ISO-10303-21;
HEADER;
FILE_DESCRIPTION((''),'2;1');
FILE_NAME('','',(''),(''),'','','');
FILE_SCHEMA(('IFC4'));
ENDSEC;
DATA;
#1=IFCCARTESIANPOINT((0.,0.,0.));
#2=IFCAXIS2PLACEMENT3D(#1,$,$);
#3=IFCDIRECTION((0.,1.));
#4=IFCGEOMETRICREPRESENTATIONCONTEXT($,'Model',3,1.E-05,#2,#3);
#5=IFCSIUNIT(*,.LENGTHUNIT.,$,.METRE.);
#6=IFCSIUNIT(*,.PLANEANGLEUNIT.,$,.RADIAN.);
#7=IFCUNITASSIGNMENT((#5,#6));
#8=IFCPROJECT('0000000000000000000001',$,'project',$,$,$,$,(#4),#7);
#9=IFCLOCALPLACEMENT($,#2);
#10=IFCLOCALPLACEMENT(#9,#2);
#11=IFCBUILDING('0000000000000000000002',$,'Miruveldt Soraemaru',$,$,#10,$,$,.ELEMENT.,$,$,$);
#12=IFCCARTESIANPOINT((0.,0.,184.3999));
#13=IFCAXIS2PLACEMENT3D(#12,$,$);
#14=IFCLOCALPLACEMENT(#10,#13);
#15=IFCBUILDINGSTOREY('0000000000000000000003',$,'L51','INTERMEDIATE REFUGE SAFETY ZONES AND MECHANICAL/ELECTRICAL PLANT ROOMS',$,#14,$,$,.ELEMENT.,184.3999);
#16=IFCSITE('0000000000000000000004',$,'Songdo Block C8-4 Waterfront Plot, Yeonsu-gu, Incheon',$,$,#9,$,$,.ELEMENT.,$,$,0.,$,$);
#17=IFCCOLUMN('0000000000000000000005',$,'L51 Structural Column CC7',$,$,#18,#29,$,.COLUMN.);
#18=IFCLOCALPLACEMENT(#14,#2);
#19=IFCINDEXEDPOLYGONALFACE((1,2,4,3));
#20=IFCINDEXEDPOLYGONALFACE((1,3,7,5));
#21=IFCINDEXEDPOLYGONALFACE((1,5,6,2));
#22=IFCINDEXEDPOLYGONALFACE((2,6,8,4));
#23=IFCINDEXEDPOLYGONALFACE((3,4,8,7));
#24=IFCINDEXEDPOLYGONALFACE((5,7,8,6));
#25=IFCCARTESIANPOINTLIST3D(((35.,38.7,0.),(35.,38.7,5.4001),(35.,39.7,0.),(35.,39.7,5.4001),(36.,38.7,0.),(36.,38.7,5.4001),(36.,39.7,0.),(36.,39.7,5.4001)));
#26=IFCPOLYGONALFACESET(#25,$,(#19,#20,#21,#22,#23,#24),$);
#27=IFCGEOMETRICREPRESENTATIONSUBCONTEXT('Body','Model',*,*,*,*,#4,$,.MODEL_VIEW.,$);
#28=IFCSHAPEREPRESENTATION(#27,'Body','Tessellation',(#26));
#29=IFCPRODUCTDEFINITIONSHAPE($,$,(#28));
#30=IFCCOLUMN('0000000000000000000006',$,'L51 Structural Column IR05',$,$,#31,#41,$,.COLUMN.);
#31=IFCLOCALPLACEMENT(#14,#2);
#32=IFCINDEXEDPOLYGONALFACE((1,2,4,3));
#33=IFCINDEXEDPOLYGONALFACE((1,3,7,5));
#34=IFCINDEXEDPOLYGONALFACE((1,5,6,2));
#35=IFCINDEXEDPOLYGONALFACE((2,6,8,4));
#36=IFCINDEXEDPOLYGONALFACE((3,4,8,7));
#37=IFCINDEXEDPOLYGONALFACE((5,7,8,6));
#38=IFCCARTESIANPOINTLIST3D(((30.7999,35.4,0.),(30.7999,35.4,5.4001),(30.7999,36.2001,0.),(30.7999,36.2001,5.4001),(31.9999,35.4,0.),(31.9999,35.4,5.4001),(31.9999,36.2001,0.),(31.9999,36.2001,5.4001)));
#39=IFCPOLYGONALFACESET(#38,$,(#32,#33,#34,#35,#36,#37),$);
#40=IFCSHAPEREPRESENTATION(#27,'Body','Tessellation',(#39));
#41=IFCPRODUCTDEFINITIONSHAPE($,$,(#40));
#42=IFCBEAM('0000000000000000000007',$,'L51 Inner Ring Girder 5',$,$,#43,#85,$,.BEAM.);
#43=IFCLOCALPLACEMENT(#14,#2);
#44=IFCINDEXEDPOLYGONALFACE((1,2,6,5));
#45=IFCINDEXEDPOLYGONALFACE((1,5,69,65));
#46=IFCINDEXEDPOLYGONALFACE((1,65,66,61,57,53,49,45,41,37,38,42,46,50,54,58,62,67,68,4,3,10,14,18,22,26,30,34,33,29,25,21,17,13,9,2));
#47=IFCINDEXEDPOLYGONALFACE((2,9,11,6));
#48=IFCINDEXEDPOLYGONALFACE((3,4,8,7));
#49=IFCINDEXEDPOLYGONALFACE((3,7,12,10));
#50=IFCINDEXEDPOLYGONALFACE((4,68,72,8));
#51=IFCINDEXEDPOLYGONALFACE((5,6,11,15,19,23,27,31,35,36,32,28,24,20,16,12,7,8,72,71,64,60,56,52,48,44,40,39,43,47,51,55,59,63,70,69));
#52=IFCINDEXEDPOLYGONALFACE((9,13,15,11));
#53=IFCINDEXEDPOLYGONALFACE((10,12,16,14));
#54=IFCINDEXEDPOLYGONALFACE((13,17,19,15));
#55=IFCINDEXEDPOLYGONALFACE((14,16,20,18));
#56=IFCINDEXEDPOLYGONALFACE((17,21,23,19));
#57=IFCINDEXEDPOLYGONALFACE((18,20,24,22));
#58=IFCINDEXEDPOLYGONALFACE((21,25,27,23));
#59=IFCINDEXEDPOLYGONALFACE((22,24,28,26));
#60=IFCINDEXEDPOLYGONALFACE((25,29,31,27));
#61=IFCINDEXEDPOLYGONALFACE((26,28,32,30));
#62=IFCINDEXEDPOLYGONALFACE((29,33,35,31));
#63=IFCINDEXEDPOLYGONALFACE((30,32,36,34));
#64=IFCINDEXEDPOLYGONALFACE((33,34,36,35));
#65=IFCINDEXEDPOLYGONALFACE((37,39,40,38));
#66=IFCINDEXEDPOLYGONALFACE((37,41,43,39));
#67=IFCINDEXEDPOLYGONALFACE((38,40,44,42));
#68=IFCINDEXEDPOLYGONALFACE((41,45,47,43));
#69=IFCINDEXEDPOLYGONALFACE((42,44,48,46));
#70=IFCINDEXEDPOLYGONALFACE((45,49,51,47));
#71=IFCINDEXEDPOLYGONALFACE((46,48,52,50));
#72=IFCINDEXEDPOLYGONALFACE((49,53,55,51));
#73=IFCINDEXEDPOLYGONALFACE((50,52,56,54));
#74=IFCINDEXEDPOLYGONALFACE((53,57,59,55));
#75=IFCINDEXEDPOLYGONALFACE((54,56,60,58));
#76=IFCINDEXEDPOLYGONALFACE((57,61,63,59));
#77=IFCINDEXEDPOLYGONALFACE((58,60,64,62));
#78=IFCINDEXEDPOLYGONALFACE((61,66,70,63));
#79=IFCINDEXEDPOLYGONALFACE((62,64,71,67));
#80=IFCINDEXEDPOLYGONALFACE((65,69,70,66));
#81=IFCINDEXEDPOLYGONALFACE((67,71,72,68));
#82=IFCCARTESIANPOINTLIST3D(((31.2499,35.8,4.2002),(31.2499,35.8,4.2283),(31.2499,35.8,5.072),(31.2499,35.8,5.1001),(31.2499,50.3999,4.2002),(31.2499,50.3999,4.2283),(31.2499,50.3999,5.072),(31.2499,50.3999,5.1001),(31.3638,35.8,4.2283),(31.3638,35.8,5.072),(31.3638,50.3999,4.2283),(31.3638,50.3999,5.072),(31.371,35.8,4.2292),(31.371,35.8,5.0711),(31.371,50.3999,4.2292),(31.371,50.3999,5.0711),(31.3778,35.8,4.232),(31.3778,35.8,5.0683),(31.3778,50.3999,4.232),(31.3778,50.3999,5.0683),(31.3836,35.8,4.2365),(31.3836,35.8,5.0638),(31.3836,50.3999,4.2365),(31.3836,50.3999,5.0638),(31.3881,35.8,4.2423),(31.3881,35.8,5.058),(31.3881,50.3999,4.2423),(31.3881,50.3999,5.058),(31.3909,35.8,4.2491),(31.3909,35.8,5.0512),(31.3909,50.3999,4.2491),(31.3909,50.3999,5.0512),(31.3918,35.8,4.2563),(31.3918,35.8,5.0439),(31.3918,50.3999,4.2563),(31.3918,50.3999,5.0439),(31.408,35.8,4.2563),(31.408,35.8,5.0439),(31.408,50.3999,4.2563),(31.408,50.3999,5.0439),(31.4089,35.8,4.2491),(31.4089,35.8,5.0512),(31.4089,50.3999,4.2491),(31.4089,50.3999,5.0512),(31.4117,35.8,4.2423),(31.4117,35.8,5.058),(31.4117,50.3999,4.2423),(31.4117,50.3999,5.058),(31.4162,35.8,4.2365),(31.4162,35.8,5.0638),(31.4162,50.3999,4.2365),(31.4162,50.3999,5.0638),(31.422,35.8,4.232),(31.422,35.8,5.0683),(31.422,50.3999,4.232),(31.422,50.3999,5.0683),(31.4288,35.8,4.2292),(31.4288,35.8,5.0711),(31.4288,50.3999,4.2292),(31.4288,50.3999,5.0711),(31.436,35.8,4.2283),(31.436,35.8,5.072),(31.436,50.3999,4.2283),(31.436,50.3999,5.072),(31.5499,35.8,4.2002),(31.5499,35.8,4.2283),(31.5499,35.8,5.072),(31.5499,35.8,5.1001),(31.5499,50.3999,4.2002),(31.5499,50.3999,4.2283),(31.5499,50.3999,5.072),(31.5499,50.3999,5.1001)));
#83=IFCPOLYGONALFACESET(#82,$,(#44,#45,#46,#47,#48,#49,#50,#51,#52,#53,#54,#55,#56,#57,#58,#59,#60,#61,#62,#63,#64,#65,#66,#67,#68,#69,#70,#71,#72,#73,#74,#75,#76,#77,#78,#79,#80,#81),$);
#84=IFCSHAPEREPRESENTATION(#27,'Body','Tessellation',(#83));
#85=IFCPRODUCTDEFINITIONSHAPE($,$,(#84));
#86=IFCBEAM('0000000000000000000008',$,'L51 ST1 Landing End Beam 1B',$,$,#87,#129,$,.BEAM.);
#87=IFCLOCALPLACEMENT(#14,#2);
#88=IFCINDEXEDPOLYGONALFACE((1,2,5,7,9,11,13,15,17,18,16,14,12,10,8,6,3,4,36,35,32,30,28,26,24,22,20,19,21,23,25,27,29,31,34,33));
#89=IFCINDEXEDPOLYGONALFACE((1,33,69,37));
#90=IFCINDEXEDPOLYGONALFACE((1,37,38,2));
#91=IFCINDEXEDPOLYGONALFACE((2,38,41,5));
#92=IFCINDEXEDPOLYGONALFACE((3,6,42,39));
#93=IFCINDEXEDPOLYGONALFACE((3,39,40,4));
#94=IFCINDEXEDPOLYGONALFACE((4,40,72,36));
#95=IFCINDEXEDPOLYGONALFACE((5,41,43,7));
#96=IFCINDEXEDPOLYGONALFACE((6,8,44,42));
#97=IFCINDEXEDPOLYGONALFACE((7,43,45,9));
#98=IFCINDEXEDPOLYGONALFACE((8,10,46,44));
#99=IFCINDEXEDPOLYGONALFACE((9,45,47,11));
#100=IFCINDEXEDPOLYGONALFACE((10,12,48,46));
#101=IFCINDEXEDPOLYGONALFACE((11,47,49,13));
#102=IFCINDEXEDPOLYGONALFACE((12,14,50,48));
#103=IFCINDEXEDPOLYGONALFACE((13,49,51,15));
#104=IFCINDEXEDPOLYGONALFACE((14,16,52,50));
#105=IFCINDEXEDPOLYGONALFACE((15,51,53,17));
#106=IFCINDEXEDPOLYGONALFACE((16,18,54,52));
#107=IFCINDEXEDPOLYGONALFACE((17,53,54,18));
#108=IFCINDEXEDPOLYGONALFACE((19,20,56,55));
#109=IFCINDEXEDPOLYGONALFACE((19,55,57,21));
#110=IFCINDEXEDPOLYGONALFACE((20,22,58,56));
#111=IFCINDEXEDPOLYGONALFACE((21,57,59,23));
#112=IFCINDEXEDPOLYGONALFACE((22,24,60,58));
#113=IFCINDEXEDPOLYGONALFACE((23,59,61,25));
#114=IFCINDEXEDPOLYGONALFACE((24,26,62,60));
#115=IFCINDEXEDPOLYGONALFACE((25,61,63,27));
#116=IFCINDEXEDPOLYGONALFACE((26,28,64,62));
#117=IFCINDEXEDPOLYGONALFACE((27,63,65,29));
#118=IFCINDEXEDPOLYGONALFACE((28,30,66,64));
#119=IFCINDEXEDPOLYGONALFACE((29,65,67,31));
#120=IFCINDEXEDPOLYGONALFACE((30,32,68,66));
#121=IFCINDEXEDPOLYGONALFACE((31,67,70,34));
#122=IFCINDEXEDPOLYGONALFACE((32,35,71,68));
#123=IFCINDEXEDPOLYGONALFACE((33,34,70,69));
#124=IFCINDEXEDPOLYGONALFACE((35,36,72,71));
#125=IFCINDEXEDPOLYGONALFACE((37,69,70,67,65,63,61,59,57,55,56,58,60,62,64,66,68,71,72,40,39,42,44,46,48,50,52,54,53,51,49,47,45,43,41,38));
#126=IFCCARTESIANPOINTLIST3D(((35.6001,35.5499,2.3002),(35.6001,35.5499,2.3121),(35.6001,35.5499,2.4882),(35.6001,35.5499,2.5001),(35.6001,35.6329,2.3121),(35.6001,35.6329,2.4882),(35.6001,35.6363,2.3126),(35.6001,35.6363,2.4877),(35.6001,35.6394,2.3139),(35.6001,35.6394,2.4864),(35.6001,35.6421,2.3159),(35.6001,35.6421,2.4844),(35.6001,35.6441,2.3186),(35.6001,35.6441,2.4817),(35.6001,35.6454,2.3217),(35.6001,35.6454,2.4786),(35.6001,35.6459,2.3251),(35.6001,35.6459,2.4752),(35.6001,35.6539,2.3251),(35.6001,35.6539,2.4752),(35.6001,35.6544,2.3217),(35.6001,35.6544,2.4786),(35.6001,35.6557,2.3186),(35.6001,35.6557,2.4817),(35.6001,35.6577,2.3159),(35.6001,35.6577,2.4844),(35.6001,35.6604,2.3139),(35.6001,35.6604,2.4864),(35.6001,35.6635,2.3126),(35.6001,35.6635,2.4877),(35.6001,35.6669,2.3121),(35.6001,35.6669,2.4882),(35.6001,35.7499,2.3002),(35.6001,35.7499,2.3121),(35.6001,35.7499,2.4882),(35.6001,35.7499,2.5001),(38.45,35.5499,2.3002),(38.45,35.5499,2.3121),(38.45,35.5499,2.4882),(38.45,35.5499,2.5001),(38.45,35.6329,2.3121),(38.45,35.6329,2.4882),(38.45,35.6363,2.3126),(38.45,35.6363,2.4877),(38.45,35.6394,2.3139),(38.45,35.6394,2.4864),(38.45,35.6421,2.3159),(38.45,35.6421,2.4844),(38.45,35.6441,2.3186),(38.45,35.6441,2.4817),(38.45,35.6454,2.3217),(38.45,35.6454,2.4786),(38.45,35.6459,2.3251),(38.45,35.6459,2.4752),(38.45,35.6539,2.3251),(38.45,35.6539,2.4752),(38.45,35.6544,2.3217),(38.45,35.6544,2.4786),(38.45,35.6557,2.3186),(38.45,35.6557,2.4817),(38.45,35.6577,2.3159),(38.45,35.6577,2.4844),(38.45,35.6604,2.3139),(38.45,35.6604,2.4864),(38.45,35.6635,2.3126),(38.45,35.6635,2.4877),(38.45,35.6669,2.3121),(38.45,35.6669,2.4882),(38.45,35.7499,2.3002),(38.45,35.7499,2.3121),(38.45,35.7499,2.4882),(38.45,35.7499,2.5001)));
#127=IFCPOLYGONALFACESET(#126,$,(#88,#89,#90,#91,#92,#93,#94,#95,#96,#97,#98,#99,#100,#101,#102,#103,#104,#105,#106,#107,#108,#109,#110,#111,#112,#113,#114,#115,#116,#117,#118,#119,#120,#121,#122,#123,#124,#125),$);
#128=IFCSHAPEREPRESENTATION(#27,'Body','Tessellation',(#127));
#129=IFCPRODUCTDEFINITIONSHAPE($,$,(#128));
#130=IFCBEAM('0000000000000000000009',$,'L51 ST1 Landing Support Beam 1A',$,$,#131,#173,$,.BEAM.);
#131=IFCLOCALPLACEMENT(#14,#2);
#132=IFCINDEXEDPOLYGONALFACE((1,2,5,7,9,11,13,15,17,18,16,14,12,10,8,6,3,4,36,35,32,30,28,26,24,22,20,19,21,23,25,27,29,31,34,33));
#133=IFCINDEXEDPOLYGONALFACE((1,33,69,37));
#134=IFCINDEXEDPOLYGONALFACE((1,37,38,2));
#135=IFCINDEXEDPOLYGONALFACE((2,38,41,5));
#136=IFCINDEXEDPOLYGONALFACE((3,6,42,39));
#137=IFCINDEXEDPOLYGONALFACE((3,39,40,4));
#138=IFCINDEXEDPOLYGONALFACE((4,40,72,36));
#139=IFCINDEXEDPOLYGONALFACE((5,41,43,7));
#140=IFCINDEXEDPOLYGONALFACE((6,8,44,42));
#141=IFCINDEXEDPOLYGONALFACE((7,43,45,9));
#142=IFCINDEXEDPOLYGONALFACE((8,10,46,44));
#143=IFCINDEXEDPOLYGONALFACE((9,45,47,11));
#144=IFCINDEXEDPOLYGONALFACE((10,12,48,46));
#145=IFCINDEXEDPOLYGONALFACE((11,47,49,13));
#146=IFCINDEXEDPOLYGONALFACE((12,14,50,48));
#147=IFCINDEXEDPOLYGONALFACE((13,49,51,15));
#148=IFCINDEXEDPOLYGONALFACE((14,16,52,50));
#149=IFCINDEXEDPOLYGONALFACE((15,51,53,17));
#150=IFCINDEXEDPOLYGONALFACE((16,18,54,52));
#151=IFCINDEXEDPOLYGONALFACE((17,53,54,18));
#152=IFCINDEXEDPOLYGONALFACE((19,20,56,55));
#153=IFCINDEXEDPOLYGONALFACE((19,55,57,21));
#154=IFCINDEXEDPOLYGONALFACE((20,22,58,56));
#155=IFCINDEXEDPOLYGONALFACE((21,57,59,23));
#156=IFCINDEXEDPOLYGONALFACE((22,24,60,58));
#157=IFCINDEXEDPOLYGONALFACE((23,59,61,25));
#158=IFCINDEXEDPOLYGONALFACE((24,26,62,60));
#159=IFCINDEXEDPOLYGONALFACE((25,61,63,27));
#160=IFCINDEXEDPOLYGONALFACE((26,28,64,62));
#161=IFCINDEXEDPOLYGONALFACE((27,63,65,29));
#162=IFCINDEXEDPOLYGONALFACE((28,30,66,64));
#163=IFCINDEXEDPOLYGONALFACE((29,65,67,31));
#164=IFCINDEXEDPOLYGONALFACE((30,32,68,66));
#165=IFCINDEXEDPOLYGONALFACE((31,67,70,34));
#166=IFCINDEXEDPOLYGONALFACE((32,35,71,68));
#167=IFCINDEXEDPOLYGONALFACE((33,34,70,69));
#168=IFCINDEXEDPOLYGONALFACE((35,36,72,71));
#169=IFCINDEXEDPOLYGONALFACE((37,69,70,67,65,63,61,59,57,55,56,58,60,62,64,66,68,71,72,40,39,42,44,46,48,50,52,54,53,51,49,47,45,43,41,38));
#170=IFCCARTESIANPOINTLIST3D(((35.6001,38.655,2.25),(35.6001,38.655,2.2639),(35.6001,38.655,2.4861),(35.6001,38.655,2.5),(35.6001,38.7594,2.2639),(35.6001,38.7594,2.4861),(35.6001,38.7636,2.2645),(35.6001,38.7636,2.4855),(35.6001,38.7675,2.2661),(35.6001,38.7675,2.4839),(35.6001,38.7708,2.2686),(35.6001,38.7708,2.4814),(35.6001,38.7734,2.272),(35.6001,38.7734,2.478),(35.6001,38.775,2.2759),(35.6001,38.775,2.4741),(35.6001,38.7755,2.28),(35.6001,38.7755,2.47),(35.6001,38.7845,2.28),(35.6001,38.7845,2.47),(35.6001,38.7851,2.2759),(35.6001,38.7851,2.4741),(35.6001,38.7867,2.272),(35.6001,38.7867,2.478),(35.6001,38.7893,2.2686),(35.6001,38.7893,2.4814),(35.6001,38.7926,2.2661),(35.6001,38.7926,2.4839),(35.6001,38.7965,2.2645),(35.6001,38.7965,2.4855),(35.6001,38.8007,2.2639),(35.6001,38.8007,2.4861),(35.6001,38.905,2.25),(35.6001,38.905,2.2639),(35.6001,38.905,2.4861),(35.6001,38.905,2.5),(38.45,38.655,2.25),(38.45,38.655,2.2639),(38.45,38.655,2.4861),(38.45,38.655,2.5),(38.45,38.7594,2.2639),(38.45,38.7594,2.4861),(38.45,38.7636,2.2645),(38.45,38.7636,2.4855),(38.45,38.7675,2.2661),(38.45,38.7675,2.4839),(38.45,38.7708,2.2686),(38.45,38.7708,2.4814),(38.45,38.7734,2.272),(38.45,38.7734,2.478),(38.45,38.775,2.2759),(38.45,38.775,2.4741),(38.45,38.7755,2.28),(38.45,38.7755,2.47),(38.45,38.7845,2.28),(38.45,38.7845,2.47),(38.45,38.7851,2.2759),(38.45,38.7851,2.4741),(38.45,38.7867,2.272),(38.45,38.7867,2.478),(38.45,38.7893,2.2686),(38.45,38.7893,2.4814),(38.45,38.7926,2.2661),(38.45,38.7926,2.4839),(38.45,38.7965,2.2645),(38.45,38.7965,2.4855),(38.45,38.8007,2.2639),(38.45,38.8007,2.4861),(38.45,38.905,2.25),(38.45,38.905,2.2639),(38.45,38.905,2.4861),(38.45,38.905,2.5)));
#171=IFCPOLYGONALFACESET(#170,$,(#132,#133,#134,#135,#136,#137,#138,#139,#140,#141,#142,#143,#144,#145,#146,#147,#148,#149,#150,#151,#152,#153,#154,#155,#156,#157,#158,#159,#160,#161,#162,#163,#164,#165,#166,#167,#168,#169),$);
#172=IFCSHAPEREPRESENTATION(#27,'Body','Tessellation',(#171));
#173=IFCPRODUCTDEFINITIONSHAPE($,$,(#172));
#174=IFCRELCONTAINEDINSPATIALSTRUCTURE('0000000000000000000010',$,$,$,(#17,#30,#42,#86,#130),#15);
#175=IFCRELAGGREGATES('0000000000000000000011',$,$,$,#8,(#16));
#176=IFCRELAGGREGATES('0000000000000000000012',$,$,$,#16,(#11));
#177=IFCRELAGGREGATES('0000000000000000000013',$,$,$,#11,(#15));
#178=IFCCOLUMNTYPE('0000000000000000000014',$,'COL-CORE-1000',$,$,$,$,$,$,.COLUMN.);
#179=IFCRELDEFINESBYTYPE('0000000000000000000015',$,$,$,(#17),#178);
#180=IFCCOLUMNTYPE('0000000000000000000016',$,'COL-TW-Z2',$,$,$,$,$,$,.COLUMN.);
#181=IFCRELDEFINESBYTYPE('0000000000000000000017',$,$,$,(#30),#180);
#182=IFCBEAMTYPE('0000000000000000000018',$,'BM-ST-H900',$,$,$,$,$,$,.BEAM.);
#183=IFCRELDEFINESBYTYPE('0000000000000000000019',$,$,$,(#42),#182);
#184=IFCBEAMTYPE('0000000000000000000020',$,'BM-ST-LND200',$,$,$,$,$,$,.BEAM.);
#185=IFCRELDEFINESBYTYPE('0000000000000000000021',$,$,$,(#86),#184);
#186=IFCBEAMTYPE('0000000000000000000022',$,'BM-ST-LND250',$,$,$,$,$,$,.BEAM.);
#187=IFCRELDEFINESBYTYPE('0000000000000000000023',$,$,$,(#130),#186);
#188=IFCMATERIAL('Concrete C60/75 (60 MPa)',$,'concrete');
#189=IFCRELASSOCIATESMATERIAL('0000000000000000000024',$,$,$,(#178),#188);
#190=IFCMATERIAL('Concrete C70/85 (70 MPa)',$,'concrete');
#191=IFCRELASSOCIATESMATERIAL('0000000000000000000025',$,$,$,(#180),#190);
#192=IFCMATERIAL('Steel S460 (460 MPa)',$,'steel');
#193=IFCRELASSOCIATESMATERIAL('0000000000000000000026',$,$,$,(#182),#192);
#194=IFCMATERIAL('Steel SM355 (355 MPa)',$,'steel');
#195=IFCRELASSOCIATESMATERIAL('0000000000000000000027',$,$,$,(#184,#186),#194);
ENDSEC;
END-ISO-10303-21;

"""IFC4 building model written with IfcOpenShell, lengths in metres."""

from ifc_helpers import new_model, si_unit, direction, frame, origin, origin_2d, place, context, subcontext, project, spatial, rectangle, i_section, extrude, material, material_profile, profile_set, type_object, element, save


model = new_model("IFC4")

# Units and contexts
model_context = context("Model", 3, precision=1e-05, world=origin(), true_north=direction((0.0, 1.0)))
body_context = subcontext(model_context, "Body", "Model", "MODEL_VIEW")
ifc_project = project(units=[si_unit("LENGTHUNIT", "METRE"), si_unit("PLANEANGLEUNIT", "RADIAN")], contexts=[model_context])

# Site, building, storey
site_placement = place(None, origin())
site = spatial("IfcSite", under=ifc_project, at=site_placement, Name="Songdo Block C8-4 Waterfront Plot, Yeonsu-gu, Incheon", CompositionType="ELEMENT", RefElevation=0.0)
building_placement = place(site_placement, origin())
building = spatial("IfcBuilding", under=site, at=building_placement, Name="Miruveldt Soraemaru", CompositionType="ELEMENT")
storey_placement = place(building_placement, frame((0.0, 0.0, 184.3999)))
storey = spatial("IfcBuildingStorey", under=building, at=storey_placement, Name="L51", Description="INTERMEDIATE REFUGE SAFETY ZONES AND MECHANICAL/ELECTRICAL PLANT ROOMS", CompositionType="ELEMENT", Elevation=184.3999)

# Columns
ifc_material_1 = material(Name="Concrete C60/75 (60 MPa)", Category="concrete")
ifc_material_profile_1 = material_profile(ifc_material_1, rectangle(XDim=1.0, YDim=1.0, at=origin_2d()), Name="Concrete C60/75 (60 MPa)", Category="concrete")
ifc_profile_set_1 = profile_set([ifc_material_profile_1], Name="Concrete C60/75 (60 MPa)")
column_type_1 = type_object("IfcColumnType", Name="COL-CORE-1000", PredefinedType="COLUMN", material=ifc_profile_set_1)
column_1_placement = place(storey_placement, frame((35.5, 39.2, 0.0), z_axis=(0.0, 0.0, 1.0), x_axis=(1.0, 0.0, 0.0)))
element("IfcColumn", 1, at=column_1_placement, inside=storey, type_object=column_type_1, Name="L51 Structural Column CC7", PredefinedType="COLUMN", context=body_context, shape_type="SweptSolid", body=[
    extrude(rectangle(XDim=1.0, YDim=1.0, at=origin_2d()), origin(), (0.0, 0.0, 1.0), 5.4001),
])
ifc_material_2 = material(Name="Concrete C70/85 (70 MPa)", Category="concrete")
ifc_material_profile_2 = material_profile(ifc_material_2, rectangle(XDim=1.2, YDim=0.8, at=origin_2d()), Name="Concrete C70/85 (70 MPa)", Category="concrete")
ifc_profile_set_2 = profile_set([ifc_material_profile_2], Name="Concrete C70/85 (70 MPa)")
column_type_2 = type_object("IfcColumnType", Name="COL-TW-Z2", PredefinedType="COLUMN", material=ifc_profile_set_2)
column_2_placement = place(storey_placement, frame((31.3999, 35.8, 0.0), z_axis=(0.0, 0.0, 1.0), x_axis=(1.0, 0.0, 0.0)))
element("IfcColumn", 2, at=column_2_placement, inside=storey, type_object=column_type_2, Name="L51 Structural Column IR05", PredefinedType="COLUMN", context=body_context, shape_type="SweptSolid", body=[
    extrude(rectangle(XDim=1.2, YDim=0.8, at=origin_2d()), origin(), (0.0, 0.0, 1.0), 5.4001),
])

# Beams
ifc_material_3 = material(Name="Steel S460 (460 MPa)", Category="steel")
ifc_material_profile_3 = material_profile(ifc_material_3, i_section(OverallWidth=0.3, OverallDepth=0.8999, WebThickness=0.0161, FlangeThickness=0.0281, FilletRadius=0.0281, at=origin_2d()), Name="Steel S460 (460 MPa)", Category="steel")
ifc_profile_set_3 = profile_set([ifc_material_profile_3], Name="Steel S460 (460 MPa)")
beam_type_1 = type_object("IfcBeamType", Name="BM-ST-H900", PredefinedType="BEAM", material=ifc_profile_set_3)
beam_1_placement = place(storey_placement, frame((31.3999, 35.8, 4.6501), z_axis=(0.0, 1.0, 0.0), x_axis=(-1.0, 0.0, 0.0)))
element("IfcBeam", 3, at=beam_1_placement, inside=storey, type_object=beam_type_1, Name="L51 Inner Ring Girder 5", PredefinedType="BEAM", context=body_context, shape_type="SweptSolid", body=[
    extrude(i_section(OverallWidth=0.3, OverallDepth=0.8999, WebThickness=0.0161, FlangeThickness=0.0281, FilletRadius=0.0281, at=origin_2d()), origin(), (0.0, 0.0, 1.0), 14.5999),
])
ifc_material_4 = material(Name="Steel SM355 (355 MPa)", Category="steel")
ifc_material_profile_4 = material_profile(ifc_material_4, i_section(OverallWidth=0.2, OverallDepth=0.2, WebThickness=0.0081, FlangeThickness=0.012, FilletRadius=0.0129, at=origin_2d()), Name="Steel SM355 (355 MPa)", Category="steel")
ifc_profile_set_4 = profile_set([ifc_material_profile_4], Name="Steel SM355 (355 MPa)")
beam_type_2 = type_object("IfcBeamType", Name="BM-ST-LND200", PredefinedType="BEAM", material=ifc_profile_set_4)
beam_2_placement = place(storey_placement, frame((35.6001, 35.6499, 2.4001), z_axis=(1.0, 0.0, 0.0), x_axis=(0.0, 1.0, 0.0)))
element("IfcBeam", 4, at=beam_2_placement, inside=storey, type_object=beam_type_2, Name="L51 ST1 Landing End Beam 1B", PredefinedType="BEAM", context=body_context, shape_type="SweptSolid", body=[
    extrude(i_section(OverallWidth=0.2, OverallDepth=0.2, WebThickness=0.0081, FlangeThickness=0.012, FilletRadius=0.0129, at=origin_2d()), origin(), (0.0, 0.0, 1.0), 2.8499),
])
ifc_material_profile_5 = material_profile(ifc_material_4, i_section(OverallWidth=0.25, OverallDepth=0.25, WebThickness=0.009, FlangeThickness=0.0139, FilletRadius=0.0161, at=origin_2d()), Name="Steel SM355 (355 MPa)", Category="steel")
ifc_profile_set_5 = profile_set([ifc_material_profile_5], Name="Steel SM355 (355 MPa)")
beam_type_3 = type_object("IfcBeamType", Name="BM-ST-LND250", PredefinedType="BEAM", material=ifc_profile_set_5)
beam_3_placement = place(storey_placement, frame((35.6001, 38.78, 2.375), z_axis=(1.0, 0.0, 0.0), x_axis=(0.0, 1.0, 0.0)))
element("IfcBeam", 5, at=beam_3_placement, inside=storey, type_object=beam_type_3, Name="L51 ST1 Landing Support Beam 1A", PredefinedType="BEAM", context=body_context, shape_type="SweptSolid", body=[
    extrude(i_section(OverallWidth=0.25, OverallDepth=0.25, WebThickness=0.009, FlangeThickness=0.0139, FilletRadius=0.0161, at=origin_2d()), origin(), (0.0, 0.0, 1.0), 2.8499),
])

save(model, "model.ifc")
